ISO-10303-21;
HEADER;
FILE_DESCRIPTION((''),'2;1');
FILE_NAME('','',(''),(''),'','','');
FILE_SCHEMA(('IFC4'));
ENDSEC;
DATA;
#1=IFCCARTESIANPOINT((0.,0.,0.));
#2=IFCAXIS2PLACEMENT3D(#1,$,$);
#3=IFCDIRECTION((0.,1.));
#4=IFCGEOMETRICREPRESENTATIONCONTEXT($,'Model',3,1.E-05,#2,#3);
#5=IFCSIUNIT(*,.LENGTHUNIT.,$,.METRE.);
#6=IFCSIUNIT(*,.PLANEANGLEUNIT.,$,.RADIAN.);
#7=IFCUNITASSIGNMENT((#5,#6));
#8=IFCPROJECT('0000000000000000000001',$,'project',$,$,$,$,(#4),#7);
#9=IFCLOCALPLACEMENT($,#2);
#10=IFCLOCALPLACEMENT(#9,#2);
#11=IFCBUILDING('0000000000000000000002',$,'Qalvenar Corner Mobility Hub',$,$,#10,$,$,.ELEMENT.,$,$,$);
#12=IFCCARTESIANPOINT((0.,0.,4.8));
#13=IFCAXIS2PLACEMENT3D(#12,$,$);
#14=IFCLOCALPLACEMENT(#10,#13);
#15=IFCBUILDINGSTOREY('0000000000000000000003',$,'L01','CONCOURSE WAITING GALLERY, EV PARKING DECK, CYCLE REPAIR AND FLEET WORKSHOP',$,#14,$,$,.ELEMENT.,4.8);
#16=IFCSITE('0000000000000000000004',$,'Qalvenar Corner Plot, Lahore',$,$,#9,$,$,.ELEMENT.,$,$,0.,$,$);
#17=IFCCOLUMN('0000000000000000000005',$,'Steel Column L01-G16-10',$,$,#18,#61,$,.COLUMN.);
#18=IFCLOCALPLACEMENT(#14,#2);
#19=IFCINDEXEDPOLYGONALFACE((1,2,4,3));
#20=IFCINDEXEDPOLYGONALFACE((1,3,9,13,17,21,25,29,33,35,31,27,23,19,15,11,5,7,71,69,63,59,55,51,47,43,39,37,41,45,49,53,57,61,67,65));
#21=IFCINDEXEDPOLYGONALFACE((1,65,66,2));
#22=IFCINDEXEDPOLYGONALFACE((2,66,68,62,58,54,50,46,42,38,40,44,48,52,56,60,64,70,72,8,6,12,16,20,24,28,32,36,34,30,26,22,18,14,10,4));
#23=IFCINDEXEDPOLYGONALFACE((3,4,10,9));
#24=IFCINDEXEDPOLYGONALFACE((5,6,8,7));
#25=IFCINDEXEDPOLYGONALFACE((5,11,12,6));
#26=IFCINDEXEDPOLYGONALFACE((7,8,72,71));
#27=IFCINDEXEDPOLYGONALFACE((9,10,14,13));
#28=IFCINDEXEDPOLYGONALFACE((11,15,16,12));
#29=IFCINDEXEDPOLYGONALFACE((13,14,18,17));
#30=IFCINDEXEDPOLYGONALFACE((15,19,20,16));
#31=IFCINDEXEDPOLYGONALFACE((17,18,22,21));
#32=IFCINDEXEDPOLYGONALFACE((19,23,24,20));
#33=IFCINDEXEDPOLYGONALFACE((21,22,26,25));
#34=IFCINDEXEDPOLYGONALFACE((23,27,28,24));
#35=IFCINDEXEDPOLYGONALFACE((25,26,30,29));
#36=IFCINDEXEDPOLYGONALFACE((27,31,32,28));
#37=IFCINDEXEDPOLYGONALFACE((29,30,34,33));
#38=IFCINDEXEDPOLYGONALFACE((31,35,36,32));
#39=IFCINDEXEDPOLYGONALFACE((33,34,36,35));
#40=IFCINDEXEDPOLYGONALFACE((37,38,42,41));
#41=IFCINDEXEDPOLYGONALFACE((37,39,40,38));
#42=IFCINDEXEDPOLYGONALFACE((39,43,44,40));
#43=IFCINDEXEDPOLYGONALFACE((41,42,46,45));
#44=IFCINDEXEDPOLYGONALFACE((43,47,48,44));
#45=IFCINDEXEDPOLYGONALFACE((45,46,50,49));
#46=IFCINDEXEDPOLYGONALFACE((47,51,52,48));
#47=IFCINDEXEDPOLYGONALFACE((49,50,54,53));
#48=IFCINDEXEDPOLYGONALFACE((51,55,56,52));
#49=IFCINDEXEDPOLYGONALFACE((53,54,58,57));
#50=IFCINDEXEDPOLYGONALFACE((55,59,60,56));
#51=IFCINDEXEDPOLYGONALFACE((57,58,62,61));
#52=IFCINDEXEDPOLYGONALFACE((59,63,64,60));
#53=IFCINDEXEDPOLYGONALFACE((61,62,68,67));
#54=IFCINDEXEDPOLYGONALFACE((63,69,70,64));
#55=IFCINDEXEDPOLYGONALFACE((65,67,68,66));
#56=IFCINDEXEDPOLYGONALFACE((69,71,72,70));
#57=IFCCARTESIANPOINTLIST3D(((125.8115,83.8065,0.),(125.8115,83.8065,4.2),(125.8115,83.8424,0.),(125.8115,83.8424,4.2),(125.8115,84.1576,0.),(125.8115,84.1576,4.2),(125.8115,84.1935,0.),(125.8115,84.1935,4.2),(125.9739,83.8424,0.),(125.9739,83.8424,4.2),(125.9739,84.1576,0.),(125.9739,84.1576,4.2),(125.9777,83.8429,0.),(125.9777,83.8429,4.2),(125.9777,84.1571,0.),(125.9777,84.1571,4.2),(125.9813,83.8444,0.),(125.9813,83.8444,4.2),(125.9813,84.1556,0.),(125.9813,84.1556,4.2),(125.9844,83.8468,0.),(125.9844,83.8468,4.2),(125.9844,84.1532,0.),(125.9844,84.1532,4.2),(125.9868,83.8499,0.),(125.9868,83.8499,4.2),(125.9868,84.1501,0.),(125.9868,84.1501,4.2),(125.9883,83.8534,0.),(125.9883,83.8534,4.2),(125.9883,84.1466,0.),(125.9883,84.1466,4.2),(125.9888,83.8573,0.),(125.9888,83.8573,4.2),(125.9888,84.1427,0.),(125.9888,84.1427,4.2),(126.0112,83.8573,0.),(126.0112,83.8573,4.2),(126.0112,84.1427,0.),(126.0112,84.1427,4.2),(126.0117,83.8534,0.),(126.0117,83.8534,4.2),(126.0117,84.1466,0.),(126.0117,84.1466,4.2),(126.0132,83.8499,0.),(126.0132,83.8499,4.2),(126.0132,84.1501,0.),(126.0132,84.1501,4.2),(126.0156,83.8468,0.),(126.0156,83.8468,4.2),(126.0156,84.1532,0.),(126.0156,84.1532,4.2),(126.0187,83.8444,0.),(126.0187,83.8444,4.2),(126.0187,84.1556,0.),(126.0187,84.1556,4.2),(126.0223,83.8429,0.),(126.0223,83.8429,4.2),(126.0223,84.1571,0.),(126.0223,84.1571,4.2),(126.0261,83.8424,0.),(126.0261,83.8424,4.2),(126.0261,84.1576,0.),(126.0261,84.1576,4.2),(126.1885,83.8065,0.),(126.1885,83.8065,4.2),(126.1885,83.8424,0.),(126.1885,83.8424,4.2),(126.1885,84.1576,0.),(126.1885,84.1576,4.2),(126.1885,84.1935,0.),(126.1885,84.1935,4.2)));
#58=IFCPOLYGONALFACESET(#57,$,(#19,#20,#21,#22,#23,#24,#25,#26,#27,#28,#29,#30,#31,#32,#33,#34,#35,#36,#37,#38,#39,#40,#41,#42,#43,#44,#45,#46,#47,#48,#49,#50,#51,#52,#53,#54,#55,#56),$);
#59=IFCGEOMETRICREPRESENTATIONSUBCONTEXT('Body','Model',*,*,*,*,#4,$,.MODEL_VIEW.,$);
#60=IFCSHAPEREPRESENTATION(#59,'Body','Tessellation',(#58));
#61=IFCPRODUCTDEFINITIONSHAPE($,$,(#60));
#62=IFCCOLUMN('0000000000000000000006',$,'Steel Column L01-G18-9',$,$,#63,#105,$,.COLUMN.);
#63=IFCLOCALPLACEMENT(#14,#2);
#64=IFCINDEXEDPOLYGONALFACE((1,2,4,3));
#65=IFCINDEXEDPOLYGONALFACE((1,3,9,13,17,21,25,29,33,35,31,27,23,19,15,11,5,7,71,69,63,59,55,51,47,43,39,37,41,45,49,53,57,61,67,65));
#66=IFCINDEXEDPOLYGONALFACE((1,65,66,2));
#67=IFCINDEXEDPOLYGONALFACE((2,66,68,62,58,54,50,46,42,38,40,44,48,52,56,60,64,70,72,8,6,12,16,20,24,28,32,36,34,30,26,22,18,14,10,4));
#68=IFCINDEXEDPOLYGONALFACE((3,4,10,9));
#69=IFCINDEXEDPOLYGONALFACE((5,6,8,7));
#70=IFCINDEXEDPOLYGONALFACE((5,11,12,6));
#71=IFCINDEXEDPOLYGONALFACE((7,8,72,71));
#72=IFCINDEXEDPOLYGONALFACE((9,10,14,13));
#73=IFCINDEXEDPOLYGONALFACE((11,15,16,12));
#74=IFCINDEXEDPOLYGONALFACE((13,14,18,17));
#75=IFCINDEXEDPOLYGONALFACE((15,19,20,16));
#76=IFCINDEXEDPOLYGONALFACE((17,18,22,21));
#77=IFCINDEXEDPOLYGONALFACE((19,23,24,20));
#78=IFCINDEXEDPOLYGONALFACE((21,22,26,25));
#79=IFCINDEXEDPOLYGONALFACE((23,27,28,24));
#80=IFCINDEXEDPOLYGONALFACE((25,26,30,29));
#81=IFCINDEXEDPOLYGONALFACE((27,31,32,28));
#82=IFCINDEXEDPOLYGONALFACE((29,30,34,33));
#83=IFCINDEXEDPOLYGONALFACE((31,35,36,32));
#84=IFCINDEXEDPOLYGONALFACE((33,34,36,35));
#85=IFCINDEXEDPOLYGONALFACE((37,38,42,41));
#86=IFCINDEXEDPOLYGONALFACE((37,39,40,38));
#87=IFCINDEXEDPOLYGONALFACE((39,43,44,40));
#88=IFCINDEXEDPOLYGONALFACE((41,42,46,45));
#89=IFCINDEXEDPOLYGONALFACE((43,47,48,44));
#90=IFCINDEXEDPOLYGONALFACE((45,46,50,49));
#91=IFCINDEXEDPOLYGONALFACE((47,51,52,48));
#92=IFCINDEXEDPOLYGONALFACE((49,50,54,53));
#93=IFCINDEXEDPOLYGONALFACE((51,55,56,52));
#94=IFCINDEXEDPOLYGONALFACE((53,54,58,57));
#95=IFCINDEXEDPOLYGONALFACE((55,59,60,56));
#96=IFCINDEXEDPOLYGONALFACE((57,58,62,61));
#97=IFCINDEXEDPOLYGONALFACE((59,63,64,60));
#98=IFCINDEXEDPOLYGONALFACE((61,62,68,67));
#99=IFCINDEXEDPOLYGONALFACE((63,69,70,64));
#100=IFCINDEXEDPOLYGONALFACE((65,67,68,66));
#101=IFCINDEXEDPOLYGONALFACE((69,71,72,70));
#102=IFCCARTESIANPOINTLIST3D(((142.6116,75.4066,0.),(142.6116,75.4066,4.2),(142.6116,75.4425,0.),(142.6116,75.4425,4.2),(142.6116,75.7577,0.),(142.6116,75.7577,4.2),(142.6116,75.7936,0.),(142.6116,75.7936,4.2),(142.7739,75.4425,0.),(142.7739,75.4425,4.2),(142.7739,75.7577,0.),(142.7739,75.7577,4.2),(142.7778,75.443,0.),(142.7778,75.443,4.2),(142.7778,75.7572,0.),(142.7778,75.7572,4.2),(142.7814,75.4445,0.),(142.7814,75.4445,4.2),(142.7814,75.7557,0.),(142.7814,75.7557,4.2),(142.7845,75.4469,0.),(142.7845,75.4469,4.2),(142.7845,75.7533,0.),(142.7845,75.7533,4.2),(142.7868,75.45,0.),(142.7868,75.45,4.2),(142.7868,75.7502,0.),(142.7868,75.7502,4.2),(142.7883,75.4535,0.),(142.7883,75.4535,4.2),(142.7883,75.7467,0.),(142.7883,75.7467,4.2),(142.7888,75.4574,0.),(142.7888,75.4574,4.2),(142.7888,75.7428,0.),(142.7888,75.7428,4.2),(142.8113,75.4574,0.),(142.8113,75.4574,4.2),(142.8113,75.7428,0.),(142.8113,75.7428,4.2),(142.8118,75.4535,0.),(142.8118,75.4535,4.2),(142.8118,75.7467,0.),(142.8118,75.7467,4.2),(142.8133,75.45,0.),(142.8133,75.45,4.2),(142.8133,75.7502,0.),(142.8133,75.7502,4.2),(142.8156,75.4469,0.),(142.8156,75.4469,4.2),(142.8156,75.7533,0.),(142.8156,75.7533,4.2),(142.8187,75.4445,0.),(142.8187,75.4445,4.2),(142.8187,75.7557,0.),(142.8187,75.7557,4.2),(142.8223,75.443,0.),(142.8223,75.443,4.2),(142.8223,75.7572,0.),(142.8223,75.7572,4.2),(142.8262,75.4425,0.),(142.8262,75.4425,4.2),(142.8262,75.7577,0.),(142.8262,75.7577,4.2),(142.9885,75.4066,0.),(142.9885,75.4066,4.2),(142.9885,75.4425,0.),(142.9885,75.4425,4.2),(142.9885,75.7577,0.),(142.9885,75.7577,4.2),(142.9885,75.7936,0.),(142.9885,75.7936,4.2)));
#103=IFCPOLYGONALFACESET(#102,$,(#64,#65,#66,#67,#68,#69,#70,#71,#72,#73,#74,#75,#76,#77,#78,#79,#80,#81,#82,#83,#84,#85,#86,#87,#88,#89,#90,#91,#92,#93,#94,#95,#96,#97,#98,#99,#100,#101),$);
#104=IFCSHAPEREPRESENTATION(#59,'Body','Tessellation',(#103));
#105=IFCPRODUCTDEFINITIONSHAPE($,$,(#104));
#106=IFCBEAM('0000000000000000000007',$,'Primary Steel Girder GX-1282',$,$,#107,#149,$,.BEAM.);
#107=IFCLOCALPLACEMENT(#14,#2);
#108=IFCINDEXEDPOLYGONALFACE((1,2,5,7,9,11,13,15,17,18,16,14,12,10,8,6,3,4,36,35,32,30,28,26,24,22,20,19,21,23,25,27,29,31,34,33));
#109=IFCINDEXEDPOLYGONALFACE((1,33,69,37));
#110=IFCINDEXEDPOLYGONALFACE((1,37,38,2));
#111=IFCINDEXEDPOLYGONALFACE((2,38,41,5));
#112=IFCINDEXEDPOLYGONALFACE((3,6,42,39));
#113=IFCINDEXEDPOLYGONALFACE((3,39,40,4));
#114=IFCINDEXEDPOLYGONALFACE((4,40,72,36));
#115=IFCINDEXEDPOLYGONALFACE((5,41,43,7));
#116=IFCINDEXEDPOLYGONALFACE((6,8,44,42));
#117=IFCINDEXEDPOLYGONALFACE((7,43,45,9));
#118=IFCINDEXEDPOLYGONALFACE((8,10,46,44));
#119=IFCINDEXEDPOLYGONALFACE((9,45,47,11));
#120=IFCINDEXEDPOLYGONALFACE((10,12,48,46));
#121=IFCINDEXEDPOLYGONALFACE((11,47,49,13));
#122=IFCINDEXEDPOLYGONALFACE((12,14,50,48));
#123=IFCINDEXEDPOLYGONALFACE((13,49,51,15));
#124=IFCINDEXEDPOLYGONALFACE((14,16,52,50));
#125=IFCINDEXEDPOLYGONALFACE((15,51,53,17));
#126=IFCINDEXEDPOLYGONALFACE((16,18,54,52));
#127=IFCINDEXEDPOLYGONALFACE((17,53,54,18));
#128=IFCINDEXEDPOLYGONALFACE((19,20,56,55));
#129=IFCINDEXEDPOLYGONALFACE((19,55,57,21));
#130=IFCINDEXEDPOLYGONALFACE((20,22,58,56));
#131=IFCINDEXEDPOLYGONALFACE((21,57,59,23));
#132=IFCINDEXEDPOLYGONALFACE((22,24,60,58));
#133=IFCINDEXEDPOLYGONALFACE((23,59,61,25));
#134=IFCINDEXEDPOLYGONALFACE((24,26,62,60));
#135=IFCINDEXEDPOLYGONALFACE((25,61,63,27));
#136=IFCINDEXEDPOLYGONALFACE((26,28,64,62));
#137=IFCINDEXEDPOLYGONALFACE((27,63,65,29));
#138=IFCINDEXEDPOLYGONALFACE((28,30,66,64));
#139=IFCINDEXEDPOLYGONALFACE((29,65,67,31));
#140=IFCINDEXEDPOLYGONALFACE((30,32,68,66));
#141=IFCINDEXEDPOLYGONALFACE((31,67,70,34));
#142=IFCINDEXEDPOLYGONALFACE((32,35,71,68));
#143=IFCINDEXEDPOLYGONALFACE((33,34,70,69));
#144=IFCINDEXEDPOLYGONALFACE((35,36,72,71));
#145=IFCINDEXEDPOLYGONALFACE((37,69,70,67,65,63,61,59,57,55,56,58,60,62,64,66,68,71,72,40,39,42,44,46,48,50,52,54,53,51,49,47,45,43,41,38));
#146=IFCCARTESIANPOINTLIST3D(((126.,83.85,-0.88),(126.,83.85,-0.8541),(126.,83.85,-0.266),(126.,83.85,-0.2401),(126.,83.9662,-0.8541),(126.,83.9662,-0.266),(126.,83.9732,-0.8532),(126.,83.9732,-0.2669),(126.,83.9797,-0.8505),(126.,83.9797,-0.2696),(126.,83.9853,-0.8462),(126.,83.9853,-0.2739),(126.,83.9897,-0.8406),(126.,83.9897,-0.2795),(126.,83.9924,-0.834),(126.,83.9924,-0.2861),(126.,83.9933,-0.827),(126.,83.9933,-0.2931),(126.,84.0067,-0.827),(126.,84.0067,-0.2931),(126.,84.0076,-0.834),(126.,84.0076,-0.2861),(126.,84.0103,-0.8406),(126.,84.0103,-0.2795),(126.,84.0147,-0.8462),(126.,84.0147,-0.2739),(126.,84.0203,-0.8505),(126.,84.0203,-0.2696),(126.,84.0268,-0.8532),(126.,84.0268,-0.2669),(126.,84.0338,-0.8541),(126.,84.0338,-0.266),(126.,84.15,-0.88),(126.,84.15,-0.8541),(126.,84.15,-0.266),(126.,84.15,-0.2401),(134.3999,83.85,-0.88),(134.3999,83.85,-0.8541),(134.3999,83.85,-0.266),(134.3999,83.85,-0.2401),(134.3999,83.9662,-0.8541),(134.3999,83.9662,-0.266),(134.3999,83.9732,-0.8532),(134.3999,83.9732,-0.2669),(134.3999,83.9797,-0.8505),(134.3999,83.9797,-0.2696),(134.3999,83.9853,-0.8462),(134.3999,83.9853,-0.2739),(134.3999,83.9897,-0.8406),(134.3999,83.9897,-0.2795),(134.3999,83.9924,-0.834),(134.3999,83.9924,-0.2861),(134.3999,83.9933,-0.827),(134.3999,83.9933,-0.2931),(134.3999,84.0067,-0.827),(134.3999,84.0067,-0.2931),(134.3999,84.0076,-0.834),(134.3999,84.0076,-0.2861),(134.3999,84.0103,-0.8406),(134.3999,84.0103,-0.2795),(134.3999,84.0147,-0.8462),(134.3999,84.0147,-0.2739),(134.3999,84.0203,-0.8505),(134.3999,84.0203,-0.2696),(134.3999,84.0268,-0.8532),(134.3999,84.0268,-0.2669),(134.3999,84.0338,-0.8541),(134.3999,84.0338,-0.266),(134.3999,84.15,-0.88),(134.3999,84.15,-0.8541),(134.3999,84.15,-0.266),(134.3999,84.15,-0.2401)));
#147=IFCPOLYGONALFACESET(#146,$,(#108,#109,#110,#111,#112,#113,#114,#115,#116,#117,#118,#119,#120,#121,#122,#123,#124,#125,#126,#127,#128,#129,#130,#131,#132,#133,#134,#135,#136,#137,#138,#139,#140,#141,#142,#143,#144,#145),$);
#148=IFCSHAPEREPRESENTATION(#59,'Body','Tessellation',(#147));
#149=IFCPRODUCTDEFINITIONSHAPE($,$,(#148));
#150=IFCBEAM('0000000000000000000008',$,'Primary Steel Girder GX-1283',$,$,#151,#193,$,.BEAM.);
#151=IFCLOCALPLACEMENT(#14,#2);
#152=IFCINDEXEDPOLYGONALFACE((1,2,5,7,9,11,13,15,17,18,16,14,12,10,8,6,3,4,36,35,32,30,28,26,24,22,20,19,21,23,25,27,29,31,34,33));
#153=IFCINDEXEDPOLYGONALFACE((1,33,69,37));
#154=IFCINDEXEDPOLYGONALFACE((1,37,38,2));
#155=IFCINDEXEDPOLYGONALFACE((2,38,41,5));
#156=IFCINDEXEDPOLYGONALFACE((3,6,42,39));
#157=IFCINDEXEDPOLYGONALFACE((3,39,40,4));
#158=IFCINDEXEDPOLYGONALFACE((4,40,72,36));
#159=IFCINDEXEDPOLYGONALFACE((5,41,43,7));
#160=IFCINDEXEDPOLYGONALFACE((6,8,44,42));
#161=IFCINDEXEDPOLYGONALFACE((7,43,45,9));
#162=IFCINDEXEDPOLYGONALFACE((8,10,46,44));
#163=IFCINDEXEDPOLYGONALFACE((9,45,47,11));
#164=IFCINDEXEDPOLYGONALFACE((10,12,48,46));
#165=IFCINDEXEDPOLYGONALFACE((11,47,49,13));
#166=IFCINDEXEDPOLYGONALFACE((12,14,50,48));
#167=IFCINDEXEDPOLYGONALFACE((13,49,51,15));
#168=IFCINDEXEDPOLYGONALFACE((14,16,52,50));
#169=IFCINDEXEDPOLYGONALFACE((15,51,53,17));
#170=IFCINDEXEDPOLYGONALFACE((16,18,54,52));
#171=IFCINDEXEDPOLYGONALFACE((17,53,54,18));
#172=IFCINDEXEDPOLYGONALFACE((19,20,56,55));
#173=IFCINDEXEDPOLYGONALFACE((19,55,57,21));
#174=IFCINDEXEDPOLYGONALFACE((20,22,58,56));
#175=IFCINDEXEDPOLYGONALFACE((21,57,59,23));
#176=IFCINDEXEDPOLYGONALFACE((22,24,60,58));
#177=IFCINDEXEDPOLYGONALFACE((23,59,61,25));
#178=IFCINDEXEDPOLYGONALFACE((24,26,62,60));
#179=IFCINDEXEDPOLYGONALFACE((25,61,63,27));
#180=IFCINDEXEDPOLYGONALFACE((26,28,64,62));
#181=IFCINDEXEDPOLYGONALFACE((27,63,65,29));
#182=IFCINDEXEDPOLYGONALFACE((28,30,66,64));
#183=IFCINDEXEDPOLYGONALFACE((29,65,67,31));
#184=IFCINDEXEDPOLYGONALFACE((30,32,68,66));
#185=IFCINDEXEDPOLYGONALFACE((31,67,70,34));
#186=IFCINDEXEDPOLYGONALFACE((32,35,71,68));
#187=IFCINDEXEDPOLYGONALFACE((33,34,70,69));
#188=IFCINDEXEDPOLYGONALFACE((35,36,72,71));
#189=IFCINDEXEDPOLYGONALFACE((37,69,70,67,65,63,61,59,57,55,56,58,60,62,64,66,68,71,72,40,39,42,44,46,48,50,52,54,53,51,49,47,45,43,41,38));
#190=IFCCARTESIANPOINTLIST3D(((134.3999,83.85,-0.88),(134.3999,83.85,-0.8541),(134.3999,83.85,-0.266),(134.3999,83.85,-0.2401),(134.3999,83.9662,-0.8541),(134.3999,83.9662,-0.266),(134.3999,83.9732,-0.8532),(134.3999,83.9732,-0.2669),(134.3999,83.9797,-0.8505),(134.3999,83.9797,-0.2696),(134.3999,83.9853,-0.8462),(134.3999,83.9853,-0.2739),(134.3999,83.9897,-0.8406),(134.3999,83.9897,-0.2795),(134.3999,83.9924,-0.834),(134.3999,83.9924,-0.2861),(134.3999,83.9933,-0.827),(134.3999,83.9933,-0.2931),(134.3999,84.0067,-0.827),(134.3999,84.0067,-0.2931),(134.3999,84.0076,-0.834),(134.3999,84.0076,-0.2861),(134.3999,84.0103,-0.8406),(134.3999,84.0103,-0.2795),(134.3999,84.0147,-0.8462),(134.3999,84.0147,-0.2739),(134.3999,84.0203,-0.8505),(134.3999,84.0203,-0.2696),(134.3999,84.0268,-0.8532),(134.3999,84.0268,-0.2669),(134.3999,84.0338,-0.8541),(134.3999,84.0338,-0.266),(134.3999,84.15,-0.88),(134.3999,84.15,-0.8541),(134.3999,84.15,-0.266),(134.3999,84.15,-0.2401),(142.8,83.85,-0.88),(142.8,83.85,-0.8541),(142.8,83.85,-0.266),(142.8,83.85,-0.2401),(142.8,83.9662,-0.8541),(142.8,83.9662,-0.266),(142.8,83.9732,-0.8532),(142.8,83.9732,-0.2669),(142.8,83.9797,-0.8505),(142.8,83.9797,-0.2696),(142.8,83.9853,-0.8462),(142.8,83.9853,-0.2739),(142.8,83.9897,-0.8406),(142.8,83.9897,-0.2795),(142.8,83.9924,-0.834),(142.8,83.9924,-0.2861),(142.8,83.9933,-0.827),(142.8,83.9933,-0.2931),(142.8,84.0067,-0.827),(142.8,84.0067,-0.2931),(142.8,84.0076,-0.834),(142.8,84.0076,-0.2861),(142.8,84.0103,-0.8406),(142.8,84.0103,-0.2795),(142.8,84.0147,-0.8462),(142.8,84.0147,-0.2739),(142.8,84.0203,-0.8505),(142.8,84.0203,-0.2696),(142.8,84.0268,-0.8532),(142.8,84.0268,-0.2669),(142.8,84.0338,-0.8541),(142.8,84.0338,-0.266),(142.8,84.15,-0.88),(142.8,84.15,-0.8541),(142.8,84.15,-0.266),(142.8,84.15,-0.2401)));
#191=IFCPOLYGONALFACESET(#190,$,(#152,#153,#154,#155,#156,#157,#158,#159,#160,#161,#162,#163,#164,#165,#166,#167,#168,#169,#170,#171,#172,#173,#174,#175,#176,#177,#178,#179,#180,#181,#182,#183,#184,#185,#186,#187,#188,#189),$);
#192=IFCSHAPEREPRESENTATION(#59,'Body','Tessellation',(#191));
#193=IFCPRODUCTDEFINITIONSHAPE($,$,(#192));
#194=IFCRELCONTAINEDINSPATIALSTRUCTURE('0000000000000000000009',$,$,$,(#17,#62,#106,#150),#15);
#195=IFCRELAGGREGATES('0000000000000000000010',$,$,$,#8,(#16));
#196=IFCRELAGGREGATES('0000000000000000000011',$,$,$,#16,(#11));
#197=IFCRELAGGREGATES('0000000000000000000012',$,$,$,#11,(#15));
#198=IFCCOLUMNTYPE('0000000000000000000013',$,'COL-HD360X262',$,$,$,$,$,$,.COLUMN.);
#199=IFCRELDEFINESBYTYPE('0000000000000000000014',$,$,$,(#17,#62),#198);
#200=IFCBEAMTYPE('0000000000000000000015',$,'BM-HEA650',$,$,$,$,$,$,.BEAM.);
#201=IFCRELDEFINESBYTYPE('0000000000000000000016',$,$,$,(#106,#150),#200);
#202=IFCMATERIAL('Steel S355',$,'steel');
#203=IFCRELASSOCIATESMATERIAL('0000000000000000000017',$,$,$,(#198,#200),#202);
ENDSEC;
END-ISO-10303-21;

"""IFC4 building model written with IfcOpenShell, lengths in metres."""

from ifc_helpers import new_model, si_unit, direction, frame, origin, origin_2d, place, context, subcontext, project, spatial, i_section, extrude, material, material_profile, profile_set, type_object, element, save


model = new_model("IFC4")

# Units and contexts
model_context = context("Model", 3, precision=1e-05, world=origin(), true_north=direction((0.0, 1.0)))
body_context = subcontext(model_context, "Body", "Model", "MODEL_VIEW")
ifc_project = project(units=[si_unit("LENGTHUNIT", "METRE"), si_unit("PLANEANGLEUNIT", "RADIAN")], contexts=[model_context])

# Site, building, storey
site_placement = place(None, origin())
site = spatial("IfcSite", under=ifc_project, at=site_placement, Name="Qalvenar Corner Plot, Lahore", CompositionType="ELEMENT", RefElevation=0.0)
building_placement = place(site_placement, origin())
building = spatial("IfcBuilding", under=site, at=building_placement, Name="Qalvenar Corner Mobility Hub", CompositionType="ELEMENT")
storey_placement = place(building_placement, frame((0.0, 0.0, 4.8)))
storey = spatial("IfcBuildingStorey", under=building, at=storey_placement, Name="L01", Description="CONCOURSE WAITING GALLERY, EV PARKING DECK, CYCLE REPAIR AND FLEET WORKSHOP", CompositionType="ELEMENT", Elevation=4.8)

# Columns
ifc_material_1 = material(Name="Steel S355", Category="steel")
ifc_material_profile_1 = material_profile(ifc_material_1, i_section(OverallWidth=0.377, OverallDepth=0.387, WebThickness=0.0225, FlangeThickness=0.0359, FilletRadius=0.0149, at=origin_2d()), Name="HD360x262")
ifc_profile_set_1 = profile_set([ifc_material_profile_1], Name="Steel S355")
column_type = type_object("IfcColumnType", Name="COL-HD360X262", PredefinedType="COLUMN", material=ifc_profile_set_1)
for number, where, z_axis, x_axis, name in (
    (1, (126.0, 84.0, 0.0), (0.0, 0.0, 1.0), (1.0, 0.0, 0.0), "Steel Column L01-G16-10"),
    (2, (142.8, 75.6001, 0.0), (0.0, 0.0, 1.0), (1.0, 0.0, 0.0), "Steel Column L01-G18-9"),
):
    element("IfcColumn", number, at=place(storey_placement, frame(where, z_axis=z_axis, x_axis=x_axis)), inside=storey, type_object=column_type, Name=name, PredefinedType="COLUMN", context=body_context, shape_type="SweptSolid", body=[
        extrude(i_section(OverallWidth=0.377, OverallDepth=0.387, WebThickness=0.0225, FlangeThickness=0.0359, FilletRadius=0.0149, at=origin_2d()), origin(), (0.0, 0.0, 1.0), 4.2),
    ])

# Beams
ifc_material_profile_2 = material_profile(ifc_material_1, i_section(OverallWidth=0.3, OverallDepth=0.6399, WebThickness=0.0134, FlangeThickness=0.0259, FilletRadius=0.0271, at=origin_2d()), Name="HEA650")
ifc_profile_set_2 = profile_set([ifc_material_profile_2], Name="Steel S355")
beam_type_1 = type_object("IfcBeamType", Name="BM-HEA650", PredefinedType="BEAM", material=ifc_profile_set_2)
beam_1_placement = place(storey_placement, frame((126.0, 84.0, -0.5601), z_axis=(1.0, 0.0, 0.0), x_axis=(0.0, 1.0, 0.0)))
element("IfcBeam", 3, at=beam_1_placement, inside=storey, type_object=beam_type_1, Name="Primary Steel Girder GX-1282", PredefinedType="BEAM", context=body_context, shape_type="SweptSolid", body=[
    extrude(i_section(OverallWidth=0.3, OverallDepth=0.6399, WebThickness=0.0134, FlangeThickness=0.0259, FilletRadius=0.0271, at=origin_2d()), origin(), (0.0, 0.0, 1.0), 8.3999),
])
beam_2_placement = place(storey_placement, frame((134.3999, 84.0, -0.5601), z_axis=(1.0, 0.0, 0.0), x_axis=(0.0, 1.0, 0.0)))
element("IfcBeam", 4, at=beam_2_placement, inside=storey, type_object=beam_type_1, Name="Primary Steel Girder GX-1283", PredefinedType="BEAM", context=body_context, shape_type="SweptSolid", body=[
    extrude(i_section(OverallWidth=0.3, OverallDepth=0.6399, WebThickness=0.0134, FlangeThickness=0.0259, FilletRadius=0.0271, at=origin_2d()), origin(), (0.0, 0.0, 1.0), 8.4001),
])

save(model, "model.ifc")
